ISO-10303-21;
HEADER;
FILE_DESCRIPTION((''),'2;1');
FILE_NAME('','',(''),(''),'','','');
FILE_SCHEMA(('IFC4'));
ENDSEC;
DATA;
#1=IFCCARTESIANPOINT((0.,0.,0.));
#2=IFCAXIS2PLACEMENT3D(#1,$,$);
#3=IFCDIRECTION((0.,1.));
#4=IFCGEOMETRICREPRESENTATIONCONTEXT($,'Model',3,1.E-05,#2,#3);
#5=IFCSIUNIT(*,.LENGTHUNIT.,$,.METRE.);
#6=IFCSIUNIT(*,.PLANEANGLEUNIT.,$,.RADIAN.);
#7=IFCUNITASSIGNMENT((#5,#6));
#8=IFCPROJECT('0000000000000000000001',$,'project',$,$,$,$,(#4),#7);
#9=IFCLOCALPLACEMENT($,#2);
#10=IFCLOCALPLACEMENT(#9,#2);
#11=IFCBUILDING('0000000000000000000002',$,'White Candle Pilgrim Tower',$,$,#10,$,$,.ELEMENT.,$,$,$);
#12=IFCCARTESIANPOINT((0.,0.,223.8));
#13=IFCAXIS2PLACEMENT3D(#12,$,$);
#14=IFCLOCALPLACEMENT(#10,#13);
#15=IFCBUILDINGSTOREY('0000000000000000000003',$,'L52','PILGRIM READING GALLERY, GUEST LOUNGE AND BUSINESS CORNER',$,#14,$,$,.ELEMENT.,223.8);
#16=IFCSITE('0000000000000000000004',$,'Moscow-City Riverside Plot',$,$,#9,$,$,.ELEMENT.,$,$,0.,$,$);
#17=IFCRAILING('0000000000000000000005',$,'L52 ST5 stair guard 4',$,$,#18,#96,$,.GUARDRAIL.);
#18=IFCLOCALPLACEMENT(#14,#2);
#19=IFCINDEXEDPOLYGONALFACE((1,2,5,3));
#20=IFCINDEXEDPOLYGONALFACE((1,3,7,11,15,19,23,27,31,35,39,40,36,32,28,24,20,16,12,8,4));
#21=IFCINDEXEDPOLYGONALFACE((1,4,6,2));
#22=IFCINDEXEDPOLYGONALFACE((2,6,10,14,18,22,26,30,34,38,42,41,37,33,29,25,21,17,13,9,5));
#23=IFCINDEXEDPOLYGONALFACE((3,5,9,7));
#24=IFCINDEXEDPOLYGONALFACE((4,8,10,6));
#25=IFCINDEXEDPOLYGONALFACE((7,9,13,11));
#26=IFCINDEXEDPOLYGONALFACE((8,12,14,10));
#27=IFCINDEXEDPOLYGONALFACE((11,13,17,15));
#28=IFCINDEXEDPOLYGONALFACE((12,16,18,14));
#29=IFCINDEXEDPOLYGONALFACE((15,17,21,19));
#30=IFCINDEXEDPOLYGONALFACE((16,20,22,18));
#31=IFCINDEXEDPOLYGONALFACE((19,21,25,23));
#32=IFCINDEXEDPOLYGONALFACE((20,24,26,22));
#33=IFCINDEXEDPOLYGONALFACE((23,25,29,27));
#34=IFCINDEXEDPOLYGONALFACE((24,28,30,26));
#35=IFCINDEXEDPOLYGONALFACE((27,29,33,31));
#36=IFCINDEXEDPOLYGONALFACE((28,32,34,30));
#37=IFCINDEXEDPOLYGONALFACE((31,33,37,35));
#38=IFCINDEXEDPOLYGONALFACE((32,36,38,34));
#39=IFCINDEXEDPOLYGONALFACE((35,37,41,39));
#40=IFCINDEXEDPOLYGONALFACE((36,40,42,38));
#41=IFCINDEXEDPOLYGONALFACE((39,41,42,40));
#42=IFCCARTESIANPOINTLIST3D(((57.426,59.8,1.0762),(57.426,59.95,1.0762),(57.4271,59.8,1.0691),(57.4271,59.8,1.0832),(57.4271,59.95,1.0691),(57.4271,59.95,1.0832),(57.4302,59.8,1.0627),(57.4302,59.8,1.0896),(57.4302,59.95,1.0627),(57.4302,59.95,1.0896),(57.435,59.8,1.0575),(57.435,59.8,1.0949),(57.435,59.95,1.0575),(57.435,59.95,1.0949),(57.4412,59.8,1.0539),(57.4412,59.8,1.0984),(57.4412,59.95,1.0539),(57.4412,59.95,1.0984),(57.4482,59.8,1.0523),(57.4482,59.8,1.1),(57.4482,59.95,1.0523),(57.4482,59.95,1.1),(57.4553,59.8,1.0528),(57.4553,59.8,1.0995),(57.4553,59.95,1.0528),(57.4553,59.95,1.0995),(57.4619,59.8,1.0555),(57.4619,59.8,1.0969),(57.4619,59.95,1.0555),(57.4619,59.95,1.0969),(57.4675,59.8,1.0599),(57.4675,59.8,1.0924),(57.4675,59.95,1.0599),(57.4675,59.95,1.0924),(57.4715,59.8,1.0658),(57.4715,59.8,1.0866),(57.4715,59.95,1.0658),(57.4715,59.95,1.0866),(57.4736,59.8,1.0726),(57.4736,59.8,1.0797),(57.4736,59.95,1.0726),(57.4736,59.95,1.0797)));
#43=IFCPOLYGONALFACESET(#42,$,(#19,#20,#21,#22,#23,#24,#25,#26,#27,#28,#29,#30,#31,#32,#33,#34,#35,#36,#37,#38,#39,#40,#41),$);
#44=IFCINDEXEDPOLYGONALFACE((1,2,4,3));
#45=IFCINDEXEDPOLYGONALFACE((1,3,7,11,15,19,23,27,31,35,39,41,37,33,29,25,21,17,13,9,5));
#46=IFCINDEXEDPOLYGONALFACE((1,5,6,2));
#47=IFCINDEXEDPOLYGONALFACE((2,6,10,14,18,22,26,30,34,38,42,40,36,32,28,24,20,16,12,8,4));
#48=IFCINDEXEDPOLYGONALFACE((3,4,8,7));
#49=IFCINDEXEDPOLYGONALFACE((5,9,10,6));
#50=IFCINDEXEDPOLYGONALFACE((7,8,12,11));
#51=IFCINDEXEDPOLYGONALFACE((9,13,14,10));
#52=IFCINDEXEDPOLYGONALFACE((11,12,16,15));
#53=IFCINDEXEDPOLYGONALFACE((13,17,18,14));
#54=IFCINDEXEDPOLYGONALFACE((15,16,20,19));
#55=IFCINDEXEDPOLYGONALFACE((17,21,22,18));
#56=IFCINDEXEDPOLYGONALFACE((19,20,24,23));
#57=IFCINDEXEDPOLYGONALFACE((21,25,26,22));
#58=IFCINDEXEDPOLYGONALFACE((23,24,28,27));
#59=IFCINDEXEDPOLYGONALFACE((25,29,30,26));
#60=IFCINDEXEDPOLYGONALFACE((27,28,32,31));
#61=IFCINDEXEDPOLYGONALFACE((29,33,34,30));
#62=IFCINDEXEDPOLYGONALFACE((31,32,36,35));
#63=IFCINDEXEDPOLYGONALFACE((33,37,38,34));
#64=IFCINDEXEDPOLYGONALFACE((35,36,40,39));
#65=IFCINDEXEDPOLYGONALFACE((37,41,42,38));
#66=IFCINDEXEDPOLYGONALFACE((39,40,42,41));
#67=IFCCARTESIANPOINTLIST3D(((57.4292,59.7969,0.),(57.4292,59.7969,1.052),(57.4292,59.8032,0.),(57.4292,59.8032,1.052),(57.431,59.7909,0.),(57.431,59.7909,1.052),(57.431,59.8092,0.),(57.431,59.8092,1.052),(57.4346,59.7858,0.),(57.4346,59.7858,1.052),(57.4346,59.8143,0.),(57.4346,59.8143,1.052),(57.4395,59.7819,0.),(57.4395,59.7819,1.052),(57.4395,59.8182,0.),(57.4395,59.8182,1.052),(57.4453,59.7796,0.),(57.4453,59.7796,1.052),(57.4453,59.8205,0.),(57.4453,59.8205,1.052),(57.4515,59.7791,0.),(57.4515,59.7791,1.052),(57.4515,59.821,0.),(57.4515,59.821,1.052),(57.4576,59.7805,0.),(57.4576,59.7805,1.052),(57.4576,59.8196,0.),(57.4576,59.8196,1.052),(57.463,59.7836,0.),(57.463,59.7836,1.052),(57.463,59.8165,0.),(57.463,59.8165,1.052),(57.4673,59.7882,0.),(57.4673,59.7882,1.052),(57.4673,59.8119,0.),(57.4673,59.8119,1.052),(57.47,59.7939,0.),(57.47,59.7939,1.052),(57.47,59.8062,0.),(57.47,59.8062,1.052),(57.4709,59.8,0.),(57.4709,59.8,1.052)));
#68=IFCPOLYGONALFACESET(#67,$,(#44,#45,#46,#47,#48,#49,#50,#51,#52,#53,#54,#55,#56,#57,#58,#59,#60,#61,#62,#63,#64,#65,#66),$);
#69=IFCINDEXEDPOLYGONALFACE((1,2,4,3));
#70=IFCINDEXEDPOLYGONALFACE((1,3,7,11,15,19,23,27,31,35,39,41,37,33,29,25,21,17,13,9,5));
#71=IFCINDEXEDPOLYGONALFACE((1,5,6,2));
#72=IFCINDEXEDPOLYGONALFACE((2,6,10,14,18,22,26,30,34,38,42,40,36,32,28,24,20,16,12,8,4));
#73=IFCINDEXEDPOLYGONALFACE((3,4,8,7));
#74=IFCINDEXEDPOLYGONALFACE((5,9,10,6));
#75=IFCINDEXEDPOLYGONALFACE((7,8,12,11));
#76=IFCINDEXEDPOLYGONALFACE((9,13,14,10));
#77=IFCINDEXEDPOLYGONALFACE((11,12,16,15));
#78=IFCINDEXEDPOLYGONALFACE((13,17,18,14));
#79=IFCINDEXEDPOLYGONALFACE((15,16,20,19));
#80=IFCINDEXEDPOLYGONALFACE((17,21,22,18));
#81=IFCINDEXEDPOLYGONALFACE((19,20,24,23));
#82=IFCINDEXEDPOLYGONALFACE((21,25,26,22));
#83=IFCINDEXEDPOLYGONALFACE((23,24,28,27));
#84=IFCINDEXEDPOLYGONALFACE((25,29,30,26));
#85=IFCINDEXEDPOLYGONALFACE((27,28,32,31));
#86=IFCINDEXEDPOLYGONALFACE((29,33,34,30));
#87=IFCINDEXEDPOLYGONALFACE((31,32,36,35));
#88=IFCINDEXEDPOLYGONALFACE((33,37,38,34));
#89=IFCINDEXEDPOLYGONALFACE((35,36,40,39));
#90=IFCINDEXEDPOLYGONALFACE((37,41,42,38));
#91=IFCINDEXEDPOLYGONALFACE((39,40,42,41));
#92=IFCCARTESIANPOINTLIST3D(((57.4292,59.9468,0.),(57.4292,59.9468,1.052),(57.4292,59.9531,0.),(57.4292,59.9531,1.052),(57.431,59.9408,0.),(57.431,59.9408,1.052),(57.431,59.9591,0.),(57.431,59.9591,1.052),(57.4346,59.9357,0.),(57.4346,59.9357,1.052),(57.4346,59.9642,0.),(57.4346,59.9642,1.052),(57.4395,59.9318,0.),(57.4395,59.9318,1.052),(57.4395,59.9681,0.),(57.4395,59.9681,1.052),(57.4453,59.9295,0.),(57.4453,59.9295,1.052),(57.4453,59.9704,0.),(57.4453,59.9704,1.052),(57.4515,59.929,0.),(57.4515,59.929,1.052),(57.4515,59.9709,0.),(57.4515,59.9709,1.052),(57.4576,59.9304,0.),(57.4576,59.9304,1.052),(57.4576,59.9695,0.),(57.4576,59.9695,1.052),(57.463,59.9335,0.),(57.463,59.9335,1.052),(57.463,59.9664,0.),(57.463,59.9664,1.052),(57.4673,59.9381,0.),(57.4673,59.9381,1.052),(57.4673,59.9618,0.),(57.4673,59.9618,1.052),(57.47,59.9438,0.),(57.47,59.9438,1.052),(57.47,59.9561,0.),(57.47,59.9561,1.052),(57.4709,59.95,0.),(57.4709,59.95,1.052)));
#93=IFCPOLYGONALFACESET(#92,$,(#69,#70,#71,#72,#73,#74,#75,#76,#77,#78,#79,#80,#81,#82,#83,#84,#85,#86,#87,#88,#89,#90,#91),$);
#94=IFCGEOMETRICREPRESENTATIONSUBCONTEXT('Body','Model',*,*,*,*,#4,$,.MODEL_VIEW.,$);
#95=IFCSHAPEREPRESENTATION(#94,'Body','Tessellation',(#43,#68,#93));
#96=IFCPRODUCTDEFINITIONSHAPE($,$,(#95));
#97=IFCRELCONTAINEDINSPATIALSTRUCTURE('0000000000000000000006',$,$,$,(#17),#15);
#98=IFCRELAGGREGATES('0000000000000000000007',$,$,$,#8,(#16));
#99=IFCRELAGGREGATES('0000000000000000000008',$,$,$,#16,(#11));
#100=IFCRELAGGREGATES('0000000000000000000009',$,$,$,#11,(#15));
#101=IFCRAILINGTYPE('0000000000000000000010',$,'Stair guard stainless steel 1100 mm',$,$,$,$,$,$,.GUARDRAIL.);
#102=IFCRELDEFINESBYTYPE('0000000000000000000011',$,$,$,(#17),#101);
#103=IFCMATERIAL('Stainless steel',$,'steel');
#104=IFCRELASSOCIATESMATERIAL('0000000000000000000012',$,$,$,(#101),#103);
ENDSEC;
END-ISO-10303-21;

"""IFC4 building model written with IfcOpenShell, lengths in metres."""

from ifc_helpers import new_model, si_unit, direction, frame, origin, origin_2d, place, context, subcontext, project, spatial, circle, extrude, material, type_object, element, save


model = new_model("IFC4")

# Units and contexts
model_context = context("Model", 3, precision=1e-05, world=origin(), true_north=direction((0.0, 1.0)))
body_context = subcontext(model_context, "Body", "Model", "MODEL_VIEW")
ifc_project = project(units=[si_unit("LENGTHUNIT", "METRE"), si_unit("PLANEANGLEUNIT", "RADIAN")], contexts=[model_context])

# Site, building, storey
site_placement = place(None, origin())
site = spatial("IfcSite", under=ifc_project, at=site_placement, Name="Moscow-City Riverside Plot", CompositionType="ELEMENT", RefElevation=0.0)
building_placement = place(site_placement, origin())
building = spatial("IfcBuilding", under=site, at=building_placement, Name="White Candle Pilgrim Tower", CompositionType="ELEMENT")
storey_placement = place(building_placement, frame((0.0, 0.0, 223.8)))
storey = spatial("IfcBuildingStorey", under=building, at=storey_placement, Name="L52", Description="PILGRIM READING GALLERY, GUEST LOUNGE AND BUSINESS CORNER", CompositionType="ELEMENT", Elevation=223.8)

# Railing
ifc_material_1 = material(Name="Stainless steel", Category="steel")
railing_type_1 = type_object("IfcRailingType", Name="Stair guard stainless steel 1100 mm", PredefinedType="GUARDRAIL", material=ifc_material_1)
railing_1_placement = place(storey_placement, frame((57.45, 59.8, 0.0)))
element("IfcRailing", 1, at=railing_1_placement, inside=storey, type_object=railing_type_1, Name="L52 ST5 stair guard 4", PredefinedType="GUARDRAIL", context=body_context, shape_type="SweptSolid", body=[
    extrude(circle(Radius=0.0239, at=origin_2d()), frame((0.0, 0.0, 1.0762), z_axis=(0.0, 1.0, 0.0), x_axis=(-1.0, 0.0, 0.0)), (0.0, 0.0, 1.0), 0.1499),
    extrude(circle(Radius=0.021, at=origin_2d()), origin(), (0.0, 0.0, 1.0), 1.052),
    extrude(circle(Radius=0.021, at=origin_2d()), frame((0.0, 0.1499, 0.0)), (0.0, 0.0, 1.0), 1.052),
])

save(model, "model.ifc")
